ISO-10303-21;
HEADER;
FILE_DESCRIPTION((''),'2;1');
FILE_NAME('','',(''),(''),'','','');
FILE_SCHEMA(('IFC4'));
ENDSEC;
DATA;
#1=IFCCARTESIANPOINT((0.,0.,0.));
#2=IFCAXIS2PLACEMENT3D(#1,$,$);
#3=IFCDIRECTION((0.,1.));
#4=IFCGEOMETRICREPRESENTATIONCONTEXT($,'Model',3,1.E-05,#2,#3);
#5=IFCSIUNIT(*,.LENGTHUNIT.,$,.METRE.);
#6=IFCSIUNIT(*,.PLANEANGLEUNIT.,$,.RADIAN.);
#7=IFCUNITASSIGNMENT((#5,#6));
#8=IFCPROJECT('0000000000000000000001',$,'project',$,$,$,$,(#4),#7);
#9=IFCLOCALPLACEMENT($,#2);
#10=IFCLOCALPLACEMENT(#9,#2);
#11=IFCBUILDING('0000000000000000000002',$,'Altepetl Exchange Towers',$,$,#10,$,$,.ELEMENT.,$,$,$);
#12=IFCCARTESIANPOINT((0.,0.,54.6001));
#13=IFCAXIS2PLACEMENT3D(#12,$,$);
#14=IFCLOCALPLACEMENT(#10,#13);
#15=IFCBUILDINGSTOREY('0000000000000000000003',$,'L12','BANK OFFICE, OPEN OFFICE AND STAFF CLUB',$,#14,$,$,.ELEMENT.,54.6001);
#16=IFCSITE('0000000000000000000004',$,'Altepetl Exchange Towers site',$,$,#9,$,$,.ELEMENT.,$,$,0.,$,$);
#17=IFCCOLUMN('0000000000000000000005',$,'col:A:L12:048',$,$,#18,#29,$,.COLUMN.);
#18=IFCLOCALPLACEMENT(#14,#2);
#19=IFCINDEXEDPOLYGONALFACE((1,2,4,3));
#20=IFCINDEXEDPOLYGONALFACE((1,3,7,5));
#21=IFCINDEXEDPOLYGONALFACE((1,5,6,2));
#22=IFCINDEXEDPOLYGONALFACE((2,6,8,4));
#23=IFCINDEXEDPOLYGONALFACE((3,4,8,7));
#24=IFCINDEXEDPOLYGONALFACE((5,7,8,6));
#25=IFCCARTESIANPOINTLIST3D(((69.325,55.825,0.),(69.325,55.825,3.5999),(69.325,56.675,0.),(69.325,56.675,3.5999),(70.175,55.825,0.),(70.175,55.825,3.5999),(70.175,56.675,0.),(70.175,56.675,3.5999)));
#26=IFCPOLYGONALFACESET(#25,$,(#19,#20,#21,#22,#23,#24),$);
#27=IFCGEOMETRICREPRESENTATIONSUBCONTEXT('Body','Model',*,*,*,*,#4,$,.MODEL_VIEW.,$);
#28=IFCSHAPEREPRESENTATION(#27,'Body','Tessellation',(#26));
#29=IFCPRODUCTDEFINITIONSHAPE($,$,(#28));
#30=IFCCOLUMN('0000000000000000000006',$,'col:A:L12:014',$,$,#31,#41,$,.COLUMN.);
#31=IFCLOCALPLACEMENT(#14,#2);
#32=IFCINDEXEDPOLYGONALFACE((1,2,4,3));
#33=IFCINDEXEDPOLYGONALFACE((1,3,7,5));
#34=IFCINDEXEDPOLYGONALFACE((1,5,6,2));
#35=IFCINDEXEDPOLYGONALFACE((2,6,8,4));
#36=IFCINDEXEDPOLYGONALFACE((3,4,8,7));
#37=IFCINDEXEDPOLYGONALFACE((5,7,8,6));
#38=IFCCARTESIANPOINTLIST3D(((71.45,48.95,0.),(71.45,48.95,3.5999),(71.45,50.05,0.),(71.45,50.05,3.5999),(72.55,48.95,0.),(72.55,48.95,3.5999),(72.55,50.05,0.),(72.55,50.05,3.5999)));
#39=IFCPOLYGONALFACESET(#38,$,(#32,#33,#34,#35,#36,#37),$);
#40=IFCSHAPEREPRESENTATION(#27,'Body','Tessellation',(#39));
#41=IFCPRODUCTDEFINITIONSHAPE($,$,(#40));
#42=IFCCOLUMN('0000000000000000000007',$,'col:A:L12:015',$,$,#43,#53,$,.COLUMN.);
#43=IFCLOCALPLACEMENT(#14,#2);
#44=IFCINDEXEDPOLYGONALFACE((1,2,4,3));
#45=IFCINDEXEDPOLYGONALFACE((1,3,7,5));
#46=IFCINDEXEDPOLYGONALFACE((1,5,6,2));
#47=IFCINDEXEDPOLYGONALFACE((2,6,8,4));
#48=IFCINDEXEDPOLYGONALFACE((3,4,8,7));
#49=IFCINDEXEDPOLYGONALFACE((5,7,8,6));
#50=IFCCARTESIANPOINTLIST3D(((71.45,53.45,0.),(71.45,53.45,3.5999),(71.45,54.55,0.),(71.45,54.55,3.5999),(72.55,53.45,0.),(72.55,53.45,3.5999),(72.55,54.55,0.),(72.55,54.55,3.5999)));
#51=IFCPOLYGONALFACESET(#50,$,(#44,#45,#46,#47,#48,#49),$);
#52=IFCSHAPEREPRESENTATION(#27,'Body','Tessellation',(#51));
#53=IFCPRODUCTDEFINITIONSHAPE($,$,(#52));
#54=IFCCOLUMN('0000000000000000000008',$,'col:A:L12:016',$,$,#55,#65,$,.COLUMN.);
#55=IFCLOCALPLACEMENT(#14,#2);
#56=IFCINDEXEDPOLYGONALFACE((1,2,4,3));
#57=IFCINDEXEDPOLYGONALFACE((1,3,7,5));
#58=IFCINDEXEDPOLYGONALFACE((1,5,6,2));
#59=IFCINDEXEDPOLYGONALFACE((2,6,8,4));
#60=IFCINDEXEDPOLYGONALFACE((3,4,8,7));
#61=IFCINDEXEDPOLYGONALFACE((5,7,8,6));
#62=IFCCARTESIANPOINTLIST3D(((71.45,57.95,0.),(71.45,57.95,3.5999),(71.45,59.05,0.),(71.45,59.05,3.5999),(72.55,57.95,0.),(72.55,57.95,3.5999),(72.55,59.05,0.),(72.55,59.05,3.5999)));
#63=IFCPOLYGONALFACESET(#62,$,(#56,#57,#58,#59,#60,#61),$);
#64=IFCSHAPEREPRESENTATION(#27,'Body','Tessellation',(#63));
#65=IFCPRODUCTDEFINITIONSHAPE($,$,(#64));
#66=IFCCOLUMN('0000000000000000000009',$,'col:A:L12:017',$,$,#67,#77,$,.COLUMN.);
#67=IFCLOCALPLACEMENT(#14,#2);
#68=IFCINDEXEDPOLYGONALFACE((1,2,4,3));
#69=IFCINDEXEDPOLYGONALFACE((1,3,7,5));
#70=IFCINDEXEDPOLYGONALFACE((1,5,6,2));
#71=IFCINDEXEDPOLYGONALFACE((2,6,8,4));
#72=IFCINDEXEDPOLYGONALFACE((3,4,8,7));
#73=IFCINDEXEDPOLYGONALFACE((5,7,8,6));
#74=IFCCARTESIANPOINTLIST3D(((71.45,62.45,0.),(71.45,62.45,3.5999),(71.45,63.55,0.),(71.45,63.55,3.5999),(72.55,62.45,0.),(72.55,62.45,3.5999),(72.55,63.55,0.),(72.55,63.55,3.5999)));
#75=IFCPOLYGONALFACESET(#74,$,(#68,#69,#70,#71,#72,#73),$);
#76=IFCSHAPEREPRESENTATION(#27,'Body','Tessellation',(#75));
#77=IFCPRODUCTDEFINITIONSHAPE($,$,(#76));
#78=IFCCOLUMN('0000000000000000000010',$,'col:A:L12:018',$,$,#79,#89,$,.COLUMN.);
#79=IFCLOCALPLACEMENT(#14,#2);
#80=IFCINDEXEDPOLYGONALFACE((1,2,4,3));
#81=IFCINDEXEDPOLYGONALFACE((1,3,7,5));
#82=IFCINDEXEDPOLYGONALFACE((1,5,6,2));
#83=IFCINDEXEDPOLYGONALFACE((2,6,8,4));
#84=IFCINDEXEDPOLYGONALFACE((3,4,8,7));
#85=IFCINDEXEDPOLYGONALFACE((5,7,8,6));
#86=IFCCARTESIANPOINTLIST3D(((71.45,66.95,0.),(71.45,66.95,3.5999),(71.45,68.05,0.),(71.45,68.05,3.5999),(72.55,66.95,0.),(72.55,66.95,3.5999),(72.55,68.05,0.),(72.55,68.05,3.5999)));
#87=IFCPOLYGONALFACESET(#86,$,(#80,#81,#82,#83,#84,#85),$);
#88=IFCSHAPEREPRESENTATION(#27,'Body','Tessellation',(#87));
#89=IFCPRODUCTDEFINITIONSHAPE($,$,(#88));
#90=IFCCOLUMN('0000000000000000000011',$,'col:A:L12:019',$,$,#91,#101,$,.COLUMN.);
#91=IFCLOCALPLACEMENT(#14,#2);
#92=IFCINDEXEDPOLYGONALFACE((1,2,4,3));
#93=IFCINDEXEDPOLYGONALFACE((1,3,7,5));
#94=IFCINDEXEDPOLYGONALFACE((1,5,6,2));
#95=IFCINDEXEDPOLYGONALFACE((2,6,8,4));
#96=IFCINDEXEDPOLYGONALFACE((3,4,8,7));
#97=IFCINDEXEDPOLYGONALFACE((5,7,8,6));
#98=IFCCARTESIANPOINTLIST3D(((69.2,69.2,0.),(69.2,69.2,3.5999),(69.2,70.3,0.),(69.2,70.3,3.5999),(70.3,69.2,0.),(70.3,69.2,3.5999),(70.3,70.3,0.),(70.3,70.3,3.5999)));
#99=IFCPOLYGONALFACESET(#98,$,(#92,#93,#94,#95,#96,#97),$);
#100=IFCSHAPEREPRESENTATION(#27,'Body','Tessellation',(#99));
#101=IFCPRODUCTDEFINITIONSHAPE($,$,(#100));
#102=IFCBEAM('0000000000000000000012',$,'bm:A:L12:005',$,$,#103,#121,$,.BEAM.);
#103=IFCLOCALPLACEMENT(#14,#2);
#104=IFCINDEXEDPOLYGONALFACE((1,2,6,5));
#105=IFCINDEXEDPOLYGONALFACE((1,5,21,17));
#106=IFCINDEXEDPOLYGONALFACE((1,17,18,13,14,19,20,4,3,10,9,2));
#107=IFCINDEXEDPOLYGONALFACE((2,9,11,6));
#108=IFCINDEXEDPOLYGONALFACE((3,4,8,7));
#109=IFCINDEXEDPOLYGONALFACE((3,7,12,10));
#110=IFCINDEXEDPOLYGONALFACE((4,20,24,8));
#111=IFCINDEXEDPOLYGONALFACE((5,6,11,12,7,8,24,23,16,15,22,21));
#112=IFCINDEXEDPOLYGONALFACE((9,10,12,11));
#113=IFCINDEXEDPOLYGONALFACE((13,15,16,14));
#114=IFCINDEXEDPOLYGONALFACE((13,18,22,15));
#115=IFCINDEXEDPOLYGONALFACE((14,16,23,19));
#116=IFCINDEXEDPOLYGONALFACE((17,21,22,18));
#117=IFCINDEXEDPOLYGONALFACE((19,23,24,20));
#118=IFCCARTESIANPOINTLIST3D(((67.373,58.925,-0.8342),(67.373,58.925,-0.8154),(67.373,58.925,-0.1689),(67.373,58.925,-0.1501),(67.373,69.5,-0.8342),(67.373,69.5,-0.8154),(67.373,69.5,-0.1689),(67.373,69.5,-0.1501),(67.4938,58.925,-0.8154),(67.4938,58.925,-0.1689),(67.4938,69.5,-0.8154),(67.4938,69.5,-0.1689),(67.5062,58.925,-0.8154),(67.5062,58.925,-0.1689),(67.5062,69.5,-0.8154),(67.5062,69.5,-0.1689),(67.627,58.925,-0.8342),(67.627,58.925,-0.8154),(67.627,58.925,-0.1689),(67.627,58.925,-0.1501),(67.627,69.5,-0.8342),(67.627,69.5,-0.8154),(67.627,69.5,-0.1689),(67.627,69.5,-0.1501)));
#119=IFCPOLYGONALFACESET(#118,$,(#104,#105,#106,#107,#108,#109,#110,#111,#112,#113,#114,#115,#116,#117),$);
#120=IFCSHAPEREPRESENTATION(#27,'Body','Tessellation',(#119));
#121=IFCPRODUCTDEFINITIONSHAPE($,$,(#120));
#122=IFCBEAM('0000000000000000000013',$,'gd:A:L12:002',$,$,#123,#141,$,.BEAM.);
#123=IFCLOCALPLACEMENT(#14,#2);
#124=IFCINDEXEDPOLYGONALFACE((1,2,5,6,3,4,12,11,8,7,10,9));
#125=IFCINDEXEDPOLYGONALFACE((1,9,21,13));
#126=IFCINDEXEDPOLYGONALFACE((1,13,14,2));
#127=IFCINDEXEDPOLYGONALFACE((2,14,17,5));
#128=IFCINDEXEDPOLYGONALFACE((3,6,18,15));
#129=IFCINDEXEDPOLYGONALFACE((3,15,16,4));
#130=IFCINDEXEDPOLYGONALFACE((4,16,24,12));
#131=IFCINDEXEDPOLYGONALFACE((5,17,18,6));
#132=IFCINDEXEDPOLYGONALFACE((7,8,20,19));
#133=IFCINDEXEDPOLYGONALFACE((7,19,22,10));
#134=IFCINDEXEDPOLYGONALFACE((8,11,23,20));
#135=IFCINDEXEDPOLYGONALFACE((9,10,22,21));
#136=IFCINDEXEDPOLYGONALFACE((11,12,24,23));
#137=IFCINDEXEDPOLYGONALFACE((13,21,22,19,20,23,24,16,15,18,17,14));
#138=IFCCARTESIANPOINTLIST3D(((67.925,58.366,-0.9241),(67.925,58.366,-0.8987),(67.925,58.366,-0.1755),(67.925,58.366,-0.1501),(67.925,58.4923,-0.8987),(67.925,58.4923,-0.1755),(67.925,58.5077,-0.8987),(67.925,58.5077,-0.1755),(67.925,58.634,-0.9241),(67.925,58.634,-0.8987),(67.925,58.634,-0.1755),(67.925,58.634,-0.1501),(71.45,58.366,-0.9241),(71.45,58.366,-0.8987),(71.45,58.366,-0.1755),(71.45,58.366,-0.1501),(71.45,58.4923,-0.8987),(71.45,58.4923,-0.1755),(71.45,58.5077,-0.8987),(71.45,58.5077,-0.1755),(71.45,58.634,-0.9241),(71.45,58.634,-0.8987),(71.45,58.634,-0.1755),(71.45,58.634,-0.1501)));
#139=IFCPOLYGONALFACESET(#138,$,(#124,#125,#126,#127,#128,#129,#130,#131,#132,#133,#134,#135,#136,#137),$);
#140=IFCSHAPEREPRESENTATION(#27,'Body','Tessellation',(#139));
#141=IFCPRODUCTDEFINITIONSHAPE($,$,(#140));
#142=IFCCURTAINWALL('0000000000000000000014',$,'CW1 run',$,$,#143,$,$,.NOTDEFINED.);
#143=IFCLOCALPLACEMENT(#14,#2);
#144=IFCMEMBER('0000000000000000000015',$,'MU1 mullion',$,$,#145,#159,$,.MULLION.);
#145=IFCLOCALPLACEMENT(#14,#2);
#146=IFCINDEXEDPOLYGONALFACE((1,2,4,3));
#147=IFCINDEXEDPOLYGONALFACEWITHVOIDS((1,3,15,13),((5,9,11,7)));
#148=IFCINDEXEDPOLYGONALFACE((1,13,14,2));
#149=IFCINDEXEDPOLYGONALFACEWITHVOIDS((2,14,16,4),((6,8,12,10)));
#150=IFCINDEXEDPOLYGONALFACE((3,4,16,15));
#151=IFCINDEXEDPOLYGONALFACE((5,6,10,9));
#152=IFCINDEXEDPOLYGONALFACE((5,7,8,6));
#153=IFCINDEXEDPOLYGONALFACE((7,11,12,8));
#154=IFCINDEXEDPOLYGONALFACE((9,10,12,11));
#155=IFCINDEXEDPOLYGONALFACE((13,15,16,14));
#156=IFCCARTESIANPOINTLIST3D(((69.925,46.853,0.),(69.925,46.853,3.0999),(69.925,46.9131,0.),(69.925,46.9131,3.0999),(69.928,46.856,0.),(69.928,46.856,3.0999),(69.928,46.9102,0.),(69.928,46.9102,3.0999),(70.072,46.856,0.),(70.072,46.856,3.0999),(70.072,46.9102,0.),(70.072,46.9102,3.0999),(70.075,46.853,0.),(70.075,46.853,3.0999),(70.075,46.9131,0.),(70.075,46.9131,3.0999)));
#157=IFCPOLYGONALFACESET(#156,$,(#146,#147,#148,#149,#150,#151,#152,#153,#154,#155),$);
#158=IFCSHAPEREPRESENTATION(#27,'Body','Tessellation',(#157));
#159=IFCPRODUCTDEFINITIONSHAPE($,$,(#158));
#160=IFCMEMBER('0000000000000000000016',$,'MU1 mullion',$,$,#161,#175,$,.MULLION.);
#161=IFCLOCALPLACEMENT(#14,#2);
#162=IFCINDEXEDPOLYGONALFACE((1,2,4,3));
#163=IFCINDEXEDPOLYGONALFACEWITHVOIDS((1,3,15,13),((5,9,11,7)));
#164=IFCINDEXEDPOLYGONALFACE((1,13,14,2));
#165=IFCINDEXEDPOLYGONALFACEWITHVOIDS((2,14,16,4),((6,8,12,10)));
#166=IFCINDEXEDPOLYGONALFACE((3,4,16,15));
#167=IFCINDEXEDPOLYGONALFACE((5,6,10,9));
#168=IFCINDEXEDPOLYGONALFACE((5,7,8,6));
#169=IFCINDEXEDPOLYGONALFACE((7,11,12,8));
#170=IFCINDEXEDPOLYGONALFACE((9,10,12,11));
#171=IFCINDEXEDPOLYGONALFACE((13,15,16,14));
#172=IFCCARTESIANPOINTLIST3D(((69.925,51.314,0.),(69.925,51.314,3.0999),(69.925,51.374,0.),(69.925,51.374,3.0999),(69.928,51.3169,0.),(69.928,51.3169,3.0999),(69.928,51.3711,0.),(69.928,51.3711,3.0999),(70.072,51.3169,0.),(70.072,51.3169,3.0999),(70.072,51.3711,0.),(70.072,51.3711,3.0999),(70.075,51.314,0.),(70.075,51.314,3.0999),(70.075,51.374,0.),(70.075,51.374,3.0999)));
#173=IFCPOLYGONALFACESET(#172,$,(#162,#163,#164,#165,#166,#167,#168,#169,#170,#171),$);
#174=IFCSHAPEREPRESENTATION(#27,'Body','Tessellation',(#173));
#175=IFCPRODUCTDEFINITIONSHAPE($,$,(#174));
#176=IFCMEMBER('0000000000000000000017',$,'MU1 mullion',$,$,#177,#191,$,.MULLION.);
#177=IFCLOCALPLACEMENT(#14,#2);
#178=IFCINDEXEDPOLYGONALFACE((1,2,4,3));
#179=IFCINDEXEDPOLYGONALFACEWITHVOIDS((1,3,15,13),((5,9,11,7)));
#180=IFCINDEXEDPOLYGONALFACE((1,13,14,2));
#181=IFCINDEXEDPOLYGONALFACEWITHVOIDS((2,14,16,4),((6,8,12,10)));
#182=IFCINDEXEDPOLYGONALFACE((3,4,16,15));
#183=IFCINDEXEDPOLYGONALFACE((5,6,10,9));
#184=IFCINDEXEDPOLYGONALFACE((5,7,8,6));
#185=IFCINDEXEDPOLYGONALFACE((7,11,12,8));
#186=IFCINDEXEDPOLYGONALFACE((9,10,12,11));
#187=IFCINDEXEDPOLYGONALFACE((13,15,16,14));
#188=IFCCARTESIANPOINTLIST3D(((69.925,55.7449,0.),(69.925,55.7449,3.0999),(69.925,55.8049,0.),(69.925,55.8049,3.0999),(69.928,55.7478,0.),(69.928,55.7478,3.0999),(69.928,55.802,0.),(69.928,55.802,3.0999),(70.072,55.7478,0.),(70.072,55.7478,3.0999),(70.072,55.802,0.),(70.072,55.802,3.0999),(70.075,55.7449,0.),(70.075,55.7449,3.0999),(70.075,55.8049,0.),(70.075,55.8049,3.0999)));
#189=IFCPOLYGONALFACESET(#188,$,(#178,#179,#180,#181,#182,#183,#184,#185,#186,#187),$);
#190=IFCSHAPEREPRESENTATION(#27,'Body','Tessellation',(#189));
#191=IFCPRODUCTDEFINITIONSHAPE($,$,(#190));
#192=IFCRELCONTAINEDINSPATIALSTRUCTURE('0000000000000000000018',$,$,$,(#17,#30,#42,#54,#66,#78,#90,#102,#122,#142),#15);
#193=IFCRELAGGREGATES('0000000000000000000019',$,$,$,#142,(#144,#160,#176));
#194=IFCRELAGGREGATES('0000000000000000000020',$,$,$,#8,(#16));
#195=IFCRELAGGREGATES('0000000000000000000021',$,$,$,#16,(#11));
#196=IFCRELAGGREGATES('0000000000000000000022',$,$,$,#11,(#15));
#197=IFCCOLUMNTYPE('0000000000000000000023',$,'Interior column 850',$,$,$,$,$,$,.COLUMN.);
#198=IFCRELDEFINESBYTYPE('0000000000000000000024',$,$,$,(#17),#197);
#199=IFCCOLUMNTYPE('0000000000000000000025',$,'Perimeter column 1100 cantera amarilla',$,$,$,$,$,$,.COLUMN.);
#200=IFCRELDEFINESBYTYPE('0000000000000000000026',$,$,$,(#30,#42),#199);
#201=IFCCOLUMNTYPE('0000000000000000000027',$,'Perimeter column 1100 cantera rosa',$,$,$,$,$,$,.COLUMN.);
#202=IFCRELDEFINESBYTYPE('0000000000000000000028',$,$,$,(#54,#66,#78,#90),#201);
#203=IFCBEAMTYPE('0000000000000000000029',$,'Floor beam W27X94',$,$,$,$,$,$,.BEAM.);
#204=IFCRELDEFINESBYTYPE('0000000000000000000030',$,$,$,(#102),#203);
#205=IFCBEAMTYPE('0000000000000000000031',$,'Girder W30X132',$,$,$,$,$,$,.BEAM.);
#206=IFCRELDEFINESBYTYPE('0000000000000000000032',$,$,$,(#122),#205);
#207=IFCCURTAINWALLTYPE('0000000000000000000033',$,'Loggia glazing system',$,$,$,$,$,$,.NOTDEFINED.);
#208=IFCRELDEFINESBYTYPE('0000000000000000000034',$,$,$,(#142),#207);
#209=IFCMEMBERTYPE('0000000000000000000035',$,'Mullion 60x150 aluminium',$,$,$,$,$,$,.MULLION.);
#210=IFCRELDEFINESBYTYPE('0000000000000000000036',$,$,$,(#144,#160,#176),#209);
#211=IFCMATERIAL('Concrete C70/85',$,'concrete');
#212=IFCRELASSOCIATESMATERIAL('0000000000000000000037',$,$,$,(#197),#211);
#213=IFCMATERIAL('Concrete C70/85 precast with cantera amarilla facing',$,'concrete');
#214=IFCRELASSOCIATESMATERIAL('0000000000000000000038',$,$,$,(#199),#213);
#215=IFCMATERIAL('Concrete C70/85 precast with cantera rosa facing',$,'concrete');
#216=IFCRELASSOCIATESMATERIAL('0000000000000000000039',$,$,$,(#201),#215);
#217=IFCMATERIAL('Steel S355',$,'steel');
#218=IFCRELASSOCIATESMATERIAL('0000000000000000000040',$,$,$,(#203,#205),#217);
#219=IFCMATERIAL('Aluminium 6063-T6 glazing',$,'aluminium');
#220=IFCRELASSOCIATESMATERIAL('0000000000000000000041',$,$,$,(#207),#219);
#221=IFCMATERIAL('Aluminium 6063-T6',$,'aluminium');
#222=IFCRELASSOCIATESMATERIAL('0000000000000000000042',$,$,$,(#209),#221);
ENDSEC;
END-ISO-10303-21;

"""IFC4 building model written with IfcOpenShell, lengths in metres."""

from ifc_helpers import new_model, si_unit, direction, frame, origin, origin_2d, place, context, subcontext, project, spatial, rectangle, hollow_rectangle, i_section, extrude, material, material_profile, profile_set, type_object, element, aggregate, save


model = new_model("IFC4")

# Units and contexts
model_context = context("Model", 3, precision=1e-05, world=origin(), true_north=direction((0.0, 1.0)))
body_context = subcontext(model_context, "Body", "Model", "MODEL_VIEW")
ifc_project = project(units=[si_unit("LENGTHUNIT", "METRE"), si_unit("PLANEANGLEUNIT", "RADIAN")], contexts=[model_context])

# Site, building, storey
site_placement = place(None, origin())
site = spatial("IfcSite", under=ifc_project, at=site_placement, Name="Altepetl Exchange Towers site", CompositionType="ELEMENT", RefElevation=0.0)
building_placement = place(site_placement, origin())
building = spatial("IfcBuilding", under=site, at=building_placement, Name="Altepetl Exchange Towers", CompositionType="ELEMENT")
storey_placement = place(building_placement, frame((0.0, 0.0, 54.6001)))
storey = spatial("IfcBuildingStorey", under=building, at=storey_placement, Name="L12", Description="BANK OFFICE, OPEN OFFICE AND STAFF CLUB", CompositionType="ELEMENT", Elevation=54.6001)

# Columns
ifc_material_1 = material(Name="Concrete C70/85", Category="concrete")
ifc_material_profile_1 = material_profile(ifc_material_1, rectangle(XDim=0.8501, YDim=0.8501, at=origin_2d()), Name="850 x 850")
ifc_profile_set_1 = profile_set([ifc_material_profile_1], Name="Concrete C70/85")
column_type_1 = type_object("IfcColumnType", Name="Interior column 850", PredefinedType="COLUMN", material=ifc_profile_set_1)
column_placement = place(storey_placement, frame((69.75, 56.25, 0.0)))
element("IfcColumn", 1, at=column_placement, inside=storey, type_object=column_type_1, Name="col:A:L12:048", PredefinedType="COLUMN", context=body_context, shape_type="SweptSolid", body=[
    extrude(rectangle(XDim=0.8501, YDim=0.8501, at=origin_2d()), origin(), (0.0, 0.0, 1.0), 3.5999),
])
ifc_material_2 = material(Name="Concrete C70/85 precast with cantera amarilla facing", Category="concrete")
ifc_material_profile_2 = material_profile(ifc_material_2, rectangle(XDim=1.1001, YDim=1.1001, at=origin_2d()), Name="1100 x 1100")
ifc_profile_set_2 = profile_set([ifc_material_profile_2], Name="Concrete C70/85 precast with cantera amarilla facing")
column_type_2 = type_object("IfcColumnType", Name="Perimeter column 1100 cantera amarilla", PredefinedType="COLUMN", material=ifc_profile_set_2)
for number, where, name in (
    (2, (72.0, 49.5, 0.0), "col:A:L12:014"),
    (3, (72.0, 54.0, 0.0), "col:A:L12:015"),
):
    element("IfcColumn", number, at=place(storey_placement, frame(where)), inside=storey, type_object=column_type_2, Name=name, PredefinedType="COLUMN", context=body_context, shape_type="SweptSolid", body=[
        extrude(rectangle(XDim=1.1001, YDim=1.1001, at=origin_2d()), origin(), (0.0, 0.0, 1.0), 3.5999),
    ])
ifc_material_3 = material(Name="Concrete C70/85 precast with cantera rosa facing", Category="concrete")
ifc_material_profile_3 = material_profile(ifc_material_3, rectangle(XDim=1.1001, YDim=1.1001, at=origin_2d()), Name="1100 x 1100")
ifc_profile_set_3 = profile_set([ifc_material_profile_3], Name="Concrete C70/85 precast with cantera rosa facing")
column_type_3 = type_object("IfcColumnType", Name="Perimeter column 1100 cantera rosa", PredefinedType="COLUMN", material=ifc_profile_set_3)
for number, where, name in (
    (4, (72.0, 58.5, 0.0), "col:A:L12:016"),
    (5, (72.0, 63.0, 0.0), "col:A:L12:017"),
    (6, (72.0, 67.5, 0.0), "col:A:L12:018"),
    (7, (69.75, 69.75, 0.0), "col:A:L12:019"),
):
    element("IfcColumn", number, at=place(storey_placement, frame(where)), inside=storey, type_object=column_type_3, Name=name, PredefinedType="COLUMN", context=body_context, shape_type="SweptSolid", body=[
        extrude(rectangle(XDim=1.1001, YDim=1.1001, at=origin_2d()), origin(), (0.0, 0.0, 1.0), 3.5999),
    ])

# Beams
ifc_material_4 = material(Name="Steel S355", Category="steel")
ifc_material_profile_4 = material_profile(ifc_material_4, i_section(OverallWidth=0.2539, OverallDepth=0.6841, WebThickness=0.0125, FlangeThickness=0.0188, at=origin_2d()), Name="W27X94")
ifc_profile_set_4 = profile_set([ifc_material_profile_4], Name="Steel S355")
beam_type_1 = type_object("IfcBeamType", Name="Floor beam W27X94", PredefinedType="BEAM", material=ifc_profile_set_4)
beam_1_placement = place(storey_placement, frame((67.5, 58.925, -0.4922), z_axis=(0.0, 1.0, 0.0), x_axis=(-1.0, 0.0, 0.0)))
element("IfcBeam", 8, at=beam_1_placement, inside=storey, type_object=beam_type_1, Name="bm:A:L12:005", PredefinedType="BEAM", context=body_context, shape_type="SweptSolid", body=[
    extrude(i_section(OverallWidth=0.2539, OverallDepth=0.6841, WebThickness=0.0125, FlangeThickness=0.0188, at=origin_2d()), origin(), (0.0, 0.0, 1.0), 10.575),
])
ifc_material_profile_5 = material_profile(ifc_material_4, i_section(OverallWidth=0.2681, OverallDepth=0.7739, WebThickness=0.0154, FlangeThickness=0.0254, at=origin_2d()), Name="W30X132")
ifc_profile_set_5 = profile_set([ifc_material_profile_5], Name="Steel S355")
beam_type_2 = type_object("IfcBeamType", Name="Girder W30X132", PredefinedType="BEAM", material=ifc_profile_set_5)
beam_2_placement = place(storey_placement, frame((67.925, 58.5, -0.5371), z_axis=(1.0, 0.0, 0.0), x_axis=(0.0, 1.0, 0.0)))
element("IfcBeam", 9, at=beam_2_placement, inside=storey, type_object=beam_type_2, Name="gd:A:L12:002", PredefinedType="BEAM", context=body_context, shape_type="SweptSolid", body=[
    extrude(i_section(OverallWidth=0.2681, OverallDepth=0.7739, WebThickness=0.0154, FlangeThickness=0.0254, at=origin_2d()), origin(), (0.0, 0.0, 1.0), 3.5249),
])

# Curtain wall, members
ifc_material_5 = material(Name="Aluminium 6063-T6 glazing", Category="aluminium")
curtain_wall_type = type_object("IfcCurtainWallType", Name="Loggia glazing system", PredefinedType="NOTDEFINED", material=ifc_material_5)
curtain_wall_1_placement = place(storey_placement, origin())
curtain_wall_1 = element("IfcCurtainWall", 10, at=curtain_wall_1_placement, inside=storey, type_object=curtain_wall_type, Name="CW1 run", PredefinedType="NOTDEFINED")
ifc_material_6 = material(Name="Aluminium 6063-T6", Category="aluminium")
ifc_material_profile_6 = material_profile(ifc_material_6, hollow_rectangle(XDim=0.0601, YDim=0.1499, WallThickness=0.0029, at=origin_2d()), Name="Mullion 60x150 aluminium")
ifc_profile_set_6 = profile_set([ifc_material_profile_6], Name="Aluminium 6063-T6")
member_type = type_object("IfcMemberType", Name="Mullion 60x150 aluminium", PredefinedType="MULLION", material=ifc_profile_set_6)
member_1_placement = place(storey_placement, frame((70.0, 46.8831, 0.0), z_axis=(0.0, 0.0, 1.0), x_axis=(0.0, 1.0, 0.0)))
member_1 = element("IfcMember", 11, at=member_1_placement, type_object=member_type, Name="MU1 mullion", PredefinedType="MULLION", context=body_context, shape_type="SweptSolid", body=[
    extrude(hollow_rectangle(XDim=0.0601, YDim=0.1499, WallThickness=0.0029, at=origin_2d()), origin(), (0.0, 0.0, 1.0), 3.0999),
])
member_2_placement = place(storey_placement, frame((70.0, 51.344, 0.0), z_axis=(0.0, 0.0, 1.0), x_axis=(0.0, 1.0, 0.0)))
member_2 = element("IfcMember", 12, at=member_2_placement, type_object=member_type, Name="MU1 mullion", PredefinedType="MULLION", context=body_context, shape_type="SweptSolid", body=[
    extrude(hollow_rectangle(XDim=0.0601, YDim=0.1499, WallThickness=0.0029, at=origin_2d()), origin(), (0.0, 0.0, 1.0), 3.0999),
])
member_3_placement = place(storey_placement, frame((70.0, 55.7749, 0.0), z_axis=(0.0, 0.0, 1.0), x_axis=(0.0, 1.0, 0.0)))
member_3 = element("IfcMember", 13, at=member_3_placement, type_object=member_type, Name="MU1 mullion", PredefinedType="MULLION", context=body_context, shape_type="SweptSolid", body=[
    extrude(hollow_rectangle(XDim=0.0601, YDim=0.1499, WallThickness=0.0029, at=origin_2d()), origin(), (0.0, 0.0, 1.0), 3.0999),
])

aggregate(curtain_wall_1, [member_1, member_2, member_3])

save(model, "model.ifc")
